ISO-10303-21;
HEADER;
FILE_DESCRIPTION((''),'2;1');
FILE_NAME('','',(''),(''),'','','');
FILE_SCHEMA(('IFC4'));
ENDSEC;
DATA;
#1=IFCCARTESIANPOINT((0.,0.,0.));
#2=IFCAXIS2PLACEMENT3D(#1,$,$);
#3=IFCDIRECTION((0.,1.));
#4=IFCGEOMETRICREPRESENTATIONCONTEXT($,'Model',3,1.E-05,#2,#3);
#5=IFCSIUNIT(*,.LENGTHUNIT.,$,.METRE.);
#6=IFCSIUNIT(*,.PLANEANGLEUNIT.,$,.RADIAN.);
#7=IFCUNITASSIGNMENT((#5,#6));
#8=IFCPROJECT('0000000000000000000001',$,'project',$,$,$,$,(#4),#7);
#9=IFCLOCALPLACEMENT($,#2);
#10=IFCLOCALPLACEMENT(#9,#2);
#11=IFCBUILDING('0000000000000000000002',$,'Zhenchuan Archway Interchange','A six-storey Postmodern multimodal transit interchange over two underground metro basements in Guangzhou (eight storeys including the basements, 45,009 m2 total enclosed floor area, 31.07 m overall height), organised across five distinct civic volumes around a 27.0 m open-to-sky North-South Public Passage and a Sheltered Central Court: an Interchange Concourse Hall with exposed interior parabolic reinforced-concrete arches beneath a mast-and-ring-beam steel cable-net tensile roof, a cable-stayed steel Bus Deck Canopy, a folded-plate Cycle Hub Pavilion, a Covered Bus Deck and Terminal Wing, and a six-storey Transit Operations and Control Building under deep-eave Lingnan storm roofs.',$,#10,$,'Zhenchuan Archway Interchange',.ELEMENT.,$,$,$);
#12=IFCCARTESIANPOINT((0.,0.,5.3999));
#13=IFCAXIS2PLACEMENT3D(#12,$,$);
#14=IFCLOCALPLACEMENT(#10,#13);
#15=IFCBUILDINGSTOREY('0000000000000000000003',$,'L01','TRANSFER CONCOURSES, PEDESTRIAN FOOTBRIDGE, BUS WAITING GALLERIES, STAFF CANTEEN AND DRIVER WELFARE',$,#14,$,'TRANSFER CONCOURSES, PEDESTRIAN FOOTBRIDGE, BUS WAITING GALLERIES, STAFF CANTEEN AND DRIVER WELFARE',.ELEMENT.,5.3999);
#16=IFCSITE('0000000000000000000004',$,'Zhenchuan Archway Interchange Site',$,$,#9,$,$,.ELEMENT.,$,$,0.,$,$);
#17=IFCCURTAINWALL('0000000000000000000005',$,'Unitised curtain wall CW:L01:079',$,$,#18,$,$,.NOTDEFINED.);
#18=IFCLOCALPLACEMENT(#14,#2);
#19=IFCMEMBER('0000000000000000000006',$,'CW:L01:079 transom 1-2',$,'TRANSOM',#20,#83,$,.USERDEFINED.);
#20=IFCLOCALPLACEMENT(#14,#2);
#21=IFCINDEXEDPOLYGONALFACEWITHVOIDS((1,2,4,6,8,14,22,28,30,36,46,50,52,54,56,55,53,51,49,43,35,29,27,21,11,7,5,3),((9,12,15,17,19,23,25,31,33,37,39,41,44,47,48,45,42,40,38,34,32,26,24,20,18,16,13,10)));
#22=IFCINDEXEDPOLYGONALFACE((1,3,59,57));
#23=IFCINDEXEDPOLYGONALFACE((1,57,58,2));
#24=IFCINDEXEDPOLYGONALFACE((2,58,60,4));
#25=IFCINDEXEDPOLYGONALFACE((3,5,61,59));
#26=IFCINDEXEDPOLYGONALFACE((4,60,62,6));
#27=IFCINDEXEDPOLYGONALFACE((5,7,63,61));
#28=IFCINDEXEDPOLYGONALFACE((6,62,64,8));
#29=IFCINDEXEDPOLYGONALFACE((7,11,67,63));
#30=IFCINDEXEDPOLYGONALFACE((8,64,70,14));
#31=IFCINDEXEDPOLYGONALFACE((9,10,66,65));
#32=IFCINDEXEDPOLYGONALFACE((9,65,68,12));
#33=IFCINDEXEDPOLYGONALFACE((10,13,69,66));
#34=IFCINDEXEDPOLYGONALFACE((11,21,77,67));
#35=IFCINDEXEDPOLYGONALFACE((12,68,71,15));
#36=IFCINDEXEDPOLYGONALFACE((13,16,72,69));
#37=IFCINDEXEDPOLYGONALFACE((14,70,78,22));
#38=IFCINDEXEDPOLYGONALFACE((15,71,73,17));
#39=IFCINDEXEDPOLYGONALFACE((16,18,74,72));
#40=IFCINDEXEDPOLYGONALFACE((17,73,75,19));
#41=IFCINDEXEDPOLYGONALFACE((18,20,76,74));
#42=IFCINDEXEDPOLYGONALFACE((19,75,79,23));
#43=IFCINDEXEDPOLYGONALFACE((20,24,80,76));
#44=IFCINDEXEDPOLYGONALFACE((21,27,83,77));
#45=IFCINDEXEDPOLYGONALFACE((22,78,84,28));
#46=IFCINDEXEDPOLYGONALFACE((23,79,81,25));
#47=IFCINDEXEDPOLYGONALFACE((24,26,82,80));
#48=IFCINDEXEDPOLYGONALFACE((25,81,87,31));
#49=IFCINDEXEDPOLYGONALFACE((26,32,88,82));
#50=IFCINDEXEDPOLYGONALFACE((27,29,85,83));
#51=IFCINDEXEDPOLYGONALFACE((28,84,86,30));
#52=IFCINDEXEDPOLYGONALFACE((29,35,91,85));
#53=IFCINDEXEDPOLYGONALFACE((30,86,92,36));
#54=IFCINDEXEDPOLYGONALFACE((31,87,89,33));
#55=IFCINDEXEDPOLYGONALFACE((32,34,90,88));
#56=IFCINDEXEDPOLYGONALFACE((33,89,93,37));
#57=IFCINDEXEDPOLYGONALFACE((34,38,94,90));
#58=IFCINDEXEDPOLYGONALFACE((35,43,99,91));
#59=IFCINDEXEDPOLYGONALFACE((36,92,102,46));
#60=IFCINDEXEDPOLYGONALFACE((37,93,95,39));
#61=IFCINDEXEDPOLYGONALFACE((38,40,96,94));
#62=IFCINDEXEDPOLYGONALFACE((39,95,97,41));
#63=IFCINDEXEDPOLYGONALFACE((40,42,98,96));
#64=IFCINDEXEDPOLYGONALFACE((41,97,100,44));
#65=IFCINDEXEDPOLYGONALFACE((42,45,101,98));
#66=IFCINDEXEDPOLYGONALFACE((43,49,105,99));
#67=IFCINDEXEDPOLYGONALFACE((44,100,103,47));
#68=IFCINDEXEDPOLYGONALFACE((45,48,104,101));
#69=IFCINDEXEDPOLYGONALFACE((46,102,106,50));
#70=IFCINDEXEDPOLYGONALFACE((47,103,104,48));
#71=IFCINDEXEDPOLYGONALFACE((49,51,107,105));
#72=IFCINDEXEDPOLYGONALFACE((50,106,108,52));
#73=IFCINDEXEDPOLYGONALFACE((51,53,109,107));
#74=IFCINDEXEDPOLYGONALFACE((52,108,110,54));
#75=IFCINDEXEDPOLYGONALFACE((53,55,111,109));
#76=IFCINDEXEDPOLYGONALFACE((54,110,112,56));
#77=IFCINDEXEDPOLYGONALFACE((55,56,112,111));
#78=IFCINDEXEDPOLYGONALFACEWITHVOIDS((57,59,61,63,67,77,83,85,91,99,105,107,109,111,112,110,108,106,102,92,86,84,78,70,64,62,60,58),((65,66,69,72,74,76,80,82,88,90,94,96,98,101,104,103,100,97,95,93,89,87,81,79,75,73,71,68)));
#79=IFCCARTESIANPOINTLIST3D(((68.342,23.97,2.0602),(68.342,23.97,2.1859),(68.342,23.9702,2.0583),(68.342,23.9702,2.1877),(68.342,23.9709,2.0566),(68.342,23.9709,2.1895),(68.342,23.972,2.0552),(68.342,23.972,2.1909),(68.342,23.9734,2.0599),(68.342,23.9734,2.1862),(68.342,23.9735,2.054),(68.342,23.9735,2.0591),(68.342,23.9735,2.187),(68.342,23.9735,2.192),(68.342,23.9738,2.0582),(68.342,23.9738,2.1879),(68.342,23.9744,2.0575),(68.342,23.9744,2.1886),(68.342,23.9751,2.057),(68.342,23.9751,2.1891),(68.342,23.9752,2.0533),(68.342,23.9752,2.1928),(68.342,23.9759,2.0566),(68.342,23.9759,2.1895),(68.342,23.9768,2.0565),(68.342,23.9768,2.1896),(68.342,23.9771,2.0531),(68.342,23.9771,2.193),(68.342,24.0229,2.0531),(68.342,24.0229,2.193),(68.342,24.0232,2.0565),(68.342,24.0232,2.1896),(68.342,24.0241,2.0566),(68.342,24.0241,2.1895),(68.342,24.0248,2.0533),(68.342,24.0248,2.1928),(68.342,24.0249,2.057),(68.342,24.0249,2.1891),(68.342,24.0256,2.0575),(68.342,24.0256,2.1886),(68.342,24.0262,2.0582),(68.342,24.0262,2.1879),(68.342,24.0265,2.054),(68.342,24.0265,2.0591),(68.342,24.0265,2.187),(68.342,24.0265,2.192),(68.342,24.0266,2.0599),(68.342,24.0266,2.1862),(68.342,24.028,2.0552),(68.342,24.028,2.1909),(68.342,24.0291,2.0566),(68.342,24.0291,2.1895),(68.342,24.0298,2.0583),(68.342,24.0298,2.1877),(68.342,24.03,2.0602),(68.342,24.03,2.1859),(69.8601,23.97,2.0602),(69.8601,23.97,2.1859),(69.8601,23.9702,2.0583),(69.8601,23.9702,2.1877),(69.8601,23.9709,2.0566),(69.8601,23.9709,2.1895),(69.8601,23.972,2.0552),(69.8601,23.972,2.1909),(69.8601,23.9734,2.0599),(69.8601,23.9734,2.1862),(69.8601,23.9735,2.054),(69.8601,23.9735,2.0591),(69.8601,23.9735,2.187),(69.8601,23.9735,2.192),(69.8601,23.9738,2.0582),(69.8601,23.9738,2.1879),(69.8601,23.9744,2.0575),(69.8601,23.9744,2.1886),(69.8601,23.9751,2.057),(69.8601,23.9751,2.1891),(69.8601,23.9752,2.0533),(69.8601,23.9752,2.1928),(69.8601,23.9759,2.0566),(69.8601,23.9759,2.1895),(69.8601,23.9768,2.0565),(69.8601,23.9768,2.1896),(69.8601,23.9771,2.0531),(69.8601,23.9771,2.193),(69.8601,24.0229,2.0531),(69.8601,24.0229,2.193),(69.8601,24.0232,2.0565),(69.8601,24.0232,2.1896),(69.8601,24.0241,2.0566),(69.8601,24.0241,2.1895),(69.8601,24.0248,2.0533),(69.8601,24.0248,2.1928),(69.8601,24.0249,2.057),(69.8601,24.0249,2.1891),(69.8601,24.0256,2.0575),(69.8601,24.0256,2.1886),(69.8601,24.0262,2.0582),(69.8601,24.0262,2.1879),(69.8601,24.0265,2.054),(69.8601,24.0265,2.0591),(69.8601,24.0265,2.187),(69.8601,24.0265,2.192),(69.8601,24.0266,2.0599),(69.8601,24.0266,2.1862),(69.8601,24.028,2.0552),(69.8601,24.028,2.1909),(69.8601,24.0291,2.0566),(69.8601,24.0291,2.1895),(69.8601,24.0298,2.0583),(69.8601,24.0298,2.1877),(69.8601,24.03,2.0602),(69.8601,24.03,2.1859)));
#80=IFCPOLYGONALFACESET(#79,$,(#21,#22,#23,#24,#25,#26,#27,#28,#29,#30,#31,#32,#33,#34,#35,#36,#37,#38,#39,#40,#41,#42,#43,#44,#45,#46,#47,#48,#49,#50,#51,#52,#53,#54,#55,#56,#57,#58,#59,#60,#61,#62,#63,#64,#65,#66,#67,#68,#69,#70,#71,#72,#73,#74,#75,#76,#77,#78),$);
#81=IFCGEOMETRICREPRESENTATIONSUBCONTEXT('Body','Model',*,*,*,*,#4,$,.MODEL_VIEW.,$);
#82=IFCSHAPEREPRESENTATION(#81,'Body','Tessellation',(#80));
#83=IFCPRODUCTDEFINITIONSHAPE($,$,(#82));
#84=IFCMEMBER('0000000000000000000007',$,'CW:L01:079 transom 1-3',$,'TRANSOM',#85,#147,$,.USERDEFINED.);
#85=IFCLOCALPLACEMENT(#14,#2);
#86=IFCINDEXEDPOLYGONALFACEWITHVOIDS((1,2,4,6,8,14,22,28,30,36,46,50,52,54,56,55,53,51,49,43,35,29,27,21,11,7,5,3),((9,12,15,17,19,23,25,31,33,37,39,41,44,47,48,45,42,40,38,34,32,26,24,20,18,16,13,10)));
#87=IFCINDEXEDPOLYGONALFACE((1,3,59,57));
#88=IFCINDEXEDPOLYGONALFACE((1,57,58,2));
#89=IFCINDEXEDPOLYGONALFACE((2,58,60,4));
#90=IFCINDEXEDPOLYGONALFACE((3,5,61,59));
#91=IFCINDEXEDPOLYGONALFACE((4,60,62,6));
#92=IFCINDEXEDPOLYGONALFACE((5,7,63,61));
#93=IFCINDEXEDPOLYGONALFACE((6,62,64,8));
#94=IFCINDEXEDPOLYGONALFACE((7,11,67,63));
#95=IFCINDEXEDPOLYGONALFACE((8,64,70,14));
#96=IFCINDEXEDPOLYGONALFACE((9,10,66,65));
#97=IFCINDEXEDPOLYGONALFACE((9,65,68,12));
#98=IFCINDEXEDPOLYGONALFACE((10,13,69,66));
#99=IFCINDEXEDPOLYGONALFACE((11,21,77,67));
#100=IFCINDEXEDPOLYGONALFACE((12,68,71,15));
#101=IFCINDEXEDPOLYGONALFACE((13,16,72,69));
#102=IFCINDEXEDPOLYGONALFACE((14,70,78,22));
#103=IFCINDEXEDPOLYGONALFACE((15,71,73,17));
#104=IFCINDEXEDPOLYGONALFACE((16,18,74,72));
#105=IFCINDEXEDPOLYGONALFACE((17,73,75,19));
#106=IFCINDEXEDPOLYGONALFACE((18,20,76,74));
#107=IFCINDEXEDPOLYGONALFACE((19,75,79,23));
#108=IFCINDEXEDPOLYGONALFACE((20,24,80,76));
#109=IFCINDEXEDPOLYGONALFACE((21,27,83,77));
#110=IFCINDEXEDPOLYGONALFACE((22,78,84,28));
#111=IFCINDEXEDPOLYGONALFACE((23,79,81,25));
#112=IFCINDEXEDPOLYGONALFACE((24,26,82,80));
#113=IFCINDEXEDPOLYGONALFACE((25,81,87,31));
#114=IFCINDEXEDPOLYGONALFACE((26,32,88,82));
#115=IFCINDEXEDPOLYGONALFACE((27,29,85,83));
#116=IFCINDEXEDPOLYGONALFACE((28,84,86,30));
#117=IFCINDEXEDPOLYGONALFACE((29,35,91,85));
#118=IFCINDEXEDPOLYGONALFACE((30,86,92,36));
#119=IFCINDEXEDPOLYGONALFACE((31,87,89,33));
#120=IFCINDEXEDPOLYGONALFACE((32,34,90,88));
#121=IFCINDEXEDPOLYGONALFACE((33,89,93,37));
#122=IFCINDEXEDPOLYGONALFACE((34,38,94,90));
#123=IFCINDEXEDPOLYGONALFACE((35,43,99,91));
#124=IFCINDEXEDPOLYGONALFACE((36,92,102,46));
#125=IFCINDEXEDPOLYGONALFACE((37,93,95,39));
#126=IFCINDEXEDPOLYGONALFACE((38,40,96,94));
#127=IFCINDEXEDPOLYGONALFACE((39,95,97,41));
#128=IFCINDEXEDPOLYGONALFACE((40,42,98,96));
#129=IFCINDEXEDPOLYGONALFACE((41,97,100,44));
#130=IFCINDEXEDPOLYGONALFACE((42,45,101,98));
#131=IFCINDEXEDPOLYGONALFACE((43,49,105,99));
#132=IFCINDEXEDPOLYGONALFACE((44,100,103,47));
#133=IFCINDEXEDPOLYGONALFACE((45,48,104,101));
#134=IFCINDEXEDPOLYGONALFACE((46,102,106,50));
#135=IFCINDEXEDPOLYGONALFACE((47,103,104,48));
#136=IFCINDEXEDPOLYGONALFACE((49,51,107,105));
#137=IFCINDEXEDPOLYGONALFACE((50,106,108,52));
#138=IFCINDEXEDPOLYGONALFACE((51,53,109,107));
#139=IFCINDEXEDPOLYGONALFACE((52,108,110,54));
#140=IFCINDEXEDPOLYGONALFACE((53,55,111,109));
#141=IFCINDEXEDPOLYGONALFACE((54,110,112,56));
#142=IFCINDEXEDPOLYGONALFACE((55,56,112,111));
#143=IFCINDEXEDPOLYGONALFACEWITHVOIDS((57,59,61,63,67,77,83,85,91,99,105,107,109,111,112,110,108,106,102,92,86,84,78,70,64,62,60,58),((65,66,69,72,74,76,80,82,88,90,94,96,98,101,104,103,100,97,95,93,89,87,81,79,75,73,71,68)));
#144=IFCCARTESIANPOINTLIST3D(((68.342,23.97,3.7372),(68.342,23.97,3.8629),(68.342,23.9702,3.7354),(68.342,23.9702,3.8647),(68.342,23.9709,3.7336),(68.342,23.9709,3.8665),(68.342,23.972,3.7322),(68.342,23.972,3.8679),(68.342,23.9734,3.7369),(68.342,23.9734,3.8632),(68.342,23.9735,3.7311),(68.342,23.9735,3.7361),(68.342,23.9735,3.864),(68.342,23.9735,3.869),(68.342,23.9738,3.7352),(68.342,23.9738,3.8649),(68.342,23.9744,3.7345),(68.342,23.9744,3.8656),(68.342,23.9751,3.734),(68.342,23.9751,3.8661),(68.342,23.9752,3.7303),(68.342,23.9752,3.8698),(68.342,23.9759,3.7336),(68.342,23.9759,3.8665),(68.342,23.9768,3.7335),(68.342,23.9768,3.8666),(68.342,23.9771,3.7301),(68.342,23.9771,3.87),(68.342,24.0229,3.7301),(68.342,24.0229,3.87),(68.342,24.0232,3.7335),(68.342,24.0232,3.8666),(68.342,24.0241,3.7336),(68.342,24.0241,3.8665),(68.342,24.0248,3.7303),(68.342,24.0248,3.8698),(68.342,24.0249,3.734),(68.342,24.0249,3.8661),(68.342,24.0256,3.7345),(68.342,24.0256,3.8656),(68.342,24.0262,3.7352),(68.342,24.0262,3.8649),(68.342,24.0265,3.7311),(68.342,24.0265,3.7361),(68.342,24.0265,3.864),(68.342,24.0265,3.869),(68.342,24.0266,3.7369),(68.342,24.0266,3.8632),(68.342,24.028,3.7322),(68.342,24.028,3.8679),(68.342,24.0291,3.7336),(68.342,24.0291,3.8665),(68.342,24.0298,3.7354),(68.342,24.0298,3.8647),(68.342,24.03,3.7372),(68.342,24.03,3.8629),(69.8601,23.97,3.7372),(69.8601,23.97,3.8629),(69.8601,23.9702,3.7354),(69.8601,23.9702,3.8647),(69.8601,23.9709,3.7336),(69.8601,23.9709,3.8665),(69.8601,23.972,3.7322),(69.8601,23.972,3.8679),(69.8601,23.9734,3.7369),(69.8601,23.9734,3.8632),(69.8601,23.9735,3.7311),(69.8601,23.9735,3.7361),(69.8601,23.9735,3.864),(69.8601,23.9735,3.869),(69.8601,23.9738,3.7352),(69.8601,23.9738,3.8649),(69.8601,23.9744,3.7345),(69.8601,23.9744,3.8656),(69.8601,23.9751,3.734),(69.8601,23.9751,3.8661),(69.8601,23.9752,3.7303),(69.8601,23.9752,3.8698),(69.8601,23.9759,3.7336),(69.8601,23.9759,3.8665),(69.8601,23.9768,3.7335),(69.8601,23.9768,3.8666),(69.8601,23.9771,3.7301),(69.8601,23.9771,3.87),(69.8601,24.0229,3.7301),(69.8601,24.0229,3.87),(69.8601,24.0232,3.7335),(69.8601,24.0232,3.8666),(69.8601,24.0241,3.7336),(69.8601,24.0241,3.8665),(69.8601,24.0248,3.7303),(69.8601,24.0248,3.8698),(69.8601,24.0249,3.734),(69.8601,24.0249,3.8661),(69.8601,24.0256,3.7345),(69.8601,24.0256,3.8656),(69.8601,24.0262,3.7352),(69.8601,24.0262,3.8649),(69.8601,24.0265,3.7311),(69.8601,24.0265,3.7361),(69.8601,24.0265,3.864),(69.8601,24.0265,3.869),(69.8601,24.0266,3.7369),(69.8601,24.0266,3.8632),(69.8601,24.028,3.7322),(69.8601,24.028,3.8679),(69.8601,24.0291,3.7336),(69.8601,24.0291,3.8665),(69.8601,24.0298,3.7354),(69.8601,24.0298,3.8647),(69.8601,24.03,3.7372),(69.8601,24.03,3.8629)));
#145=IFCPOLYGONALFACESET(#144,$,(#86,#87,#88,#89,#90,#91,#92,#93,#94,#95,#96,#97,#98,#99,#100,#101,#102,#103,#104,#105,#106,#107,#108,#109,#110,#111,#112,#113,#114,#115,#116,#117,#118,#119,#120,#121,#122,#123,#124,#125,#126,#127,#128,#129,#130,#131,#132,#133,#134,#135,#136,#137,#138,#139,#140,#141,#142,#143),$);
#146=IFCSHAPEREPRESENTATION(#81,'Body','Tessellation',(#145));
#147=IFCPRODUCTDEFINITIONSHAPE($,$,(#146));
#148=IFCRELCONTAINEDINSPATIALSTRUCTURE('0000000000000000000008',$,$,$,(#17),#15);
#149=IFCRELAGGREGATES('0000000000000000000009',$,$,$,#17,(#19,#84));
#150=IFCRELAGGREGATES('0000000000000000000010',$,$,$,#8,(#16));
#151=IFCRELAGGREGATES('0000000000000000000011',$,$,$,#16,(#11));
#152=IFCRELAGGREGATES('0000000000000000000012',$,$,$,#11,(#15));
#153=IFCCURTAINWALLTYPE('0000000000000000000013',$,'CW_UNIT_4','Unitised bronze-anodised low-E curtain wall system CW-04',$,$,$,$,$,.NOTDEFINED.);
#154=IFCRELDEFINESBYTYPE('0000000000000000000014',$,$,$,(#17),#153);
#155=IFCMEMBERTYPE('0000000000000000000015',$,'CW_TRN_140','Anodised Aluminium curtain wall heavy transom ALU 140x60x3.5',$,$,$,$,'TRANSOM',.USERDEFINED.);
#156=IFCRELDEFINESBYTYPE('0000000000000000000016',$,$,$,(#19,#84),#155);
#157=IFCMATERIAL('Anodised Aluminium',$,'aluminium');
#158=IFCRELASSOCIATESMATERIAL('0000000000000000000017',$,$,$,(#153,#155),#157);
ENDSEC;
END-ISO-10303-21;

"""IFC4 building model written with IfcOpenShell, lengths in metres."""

from ifc_helpers import new_model, si_unit, direction, frame, origin, origin_2d, place, context, subcontext, project, spatial, hollow_rectangle, extrude, material, material_profile, profile_set, type_object, element, aggregate, save


model = new_model("IFC4")

# Units and contexts
model_context = context("Model", 3, precision=1e-05, world=origin(), true_north=direction((0.0, 1.0)))
body_context = subcontext(model_context, "Body", "Model", "MODEL_VIEW")
ifc_project = project(units=[si_unit("LENGTHUNIT", "METRE"), si_unit("PLANEANGLEUNIT", "RADIAN")], contexts=[model_context])

# Site, building, storey
site_placement = place(None, origin())
site = spatial("IfcSite", under=ifc_project, at=site_placement, Name="Zhenchuan Archway Interchange Site", CompositionType="ELEMENT", RefElevation=0.0)
building_placement = place(site_placement, origin())
building = spatial("IfcBuilding", under=site, at=building_placement, Name="Zhenchuan Archway Interchange", Description="A six-storey Postmodern multimodal transit interchange over two underground metro basements in Guangzhou (eight storeys including the basements, 45,009 m2 total enclosed floor area, 31.07 m overall height), organised across five distinct civic volumes around a 27.0 m open-to-sky North-South Public Passage and a Sheltered Central Court: an Interchange Concourse Hall with exposed interior parabolic reinforced-concrete arches beneath a mast-and-ring-beam steel cable-net tensile roof, a cable-stayed steel Bus Deck Canopy, a folded-plate Cycle Hub Pavilion, a Covered Bus Deck and Terminal Wing, and a six-storey Transit Operations and Control Building under deep-eave Lingnan storm roofs.", LongName="Zhenchuan Archway Interchange", CompositionType="ELEMENT")
storey_placement = place(building_placement, frame((0.0, 0.0, 5.3999)))
storey = spatial("IfcBuildingStorey", under=building, at=storey_placement, Name="L01", Description="TRANSFER CONCOURSES, PEDESTRIAN FOOTBRIDGE, BUS WAITING GALLERIES, STAFF CANTEEN AND DRIVER WELFARE", LongName="TRANSFER CONCOURSES, PEDESTRIAN FOOTBRIDGE, BUS WAITING GALLERIES, STAFF CANTEEN AND DRIVER WELFARE", CompositionType="ELEMENT", Elevation=5.3999)

# Curtain wall, members
ifc_material_1 = material(Name="Anodised Aluminium", Category="aluminium")
curtain_wall_type = type_object("IfcCurtainWallType", Name="CW_UNIT_4", Description="Unitised bronze-anodised low-E curtain wall system CW-04", PredefinedType="NOTDEFINED", material=ifc_material_1)
curtain_wall_placement = place(storey_placement, origin())
curtain_wall = element("IfcCurtainWall", 1, at=curtain_wall_placement, inside=storey, type_object=curtain_wall_type, Name="Unitised curtain wall CW:L01:079", PredefinedType="NOTDEFINED")
ifc_material_profile_1 = material_profile(ifc_material_1, hollow_rectangle(XDim=0.0601, YDim=0.1399, WallThickness=0.0034, InnerFilletRadius=0.0034, OuterFilletRadius=0.0071, at=origin_2d()), Name="ALU 140x60x3.5")
ifc_profile_set_1 = profile_set([ifc_material_profile_1], Name="Anodised Aluminium")
member_type_1 = type_object("IfcMemberType", Name="CW_TRN_140", Description="Anodised Aluminium curtain wall heavy transom ALU 140x60x3.5", ElementType="TRANSOM", PredefinedType="USERDEFINED", material=ifc_profile_set_1)
member_1_placement = place(storey_placement, frame((69.8601, 24.0, 2.123), z_axis=(-1.0, 0.0, 0.0), x_axis=(0.0, -1.0, 0.0)))
member_1 = element("IfcMember", 2, at=member_1_placement, type_object=member_type_1, Name="CW:L01:079 transom 1-2", ObjectType="TRANSOM", PredefinedType="USERDEFINED", context=body_context, shape_type="SweptSolid", body=[
    extrude(hollow_rectangle(XDim=0.0601, YDim=0.1399, WallThickness=0.0034, InnerFilletRadius=0.0034, OuterFilletRadius=0.0071, at=origin_2d()), origin(), (0.0, 0.0, 1.0), 1.5181),
])
member_2_placement = place(storey_placement, frame((69.8601, 24.0, 3.8), z_axis=(-1.0, 0.0, 0.0), x_axis=(0.0, -1.0, 0.0)))
member_2 = element("IfcMember", 3, at=member_2_placement, type_object=member_type_1, Name="CW:L01:079 transom 1-3", ObjectType="TRANSOM", PredefinedType="USERDEFINED", context=body_context, shape_type="SweptSolid", body=[
    extrude(hollow_rectangle(XDim=0.0601, YDim=0.1399, WallThickness=0.0034, InnerFilletRadius=0.0034, OuterFilletRadius=0.0071, at=origin_2d()), origin(), (0.0, 0.0, 1.0), 1.5181),
])

aggregate(curtain_wall, [member_1, member_2])

save(model, "model.ifc")
